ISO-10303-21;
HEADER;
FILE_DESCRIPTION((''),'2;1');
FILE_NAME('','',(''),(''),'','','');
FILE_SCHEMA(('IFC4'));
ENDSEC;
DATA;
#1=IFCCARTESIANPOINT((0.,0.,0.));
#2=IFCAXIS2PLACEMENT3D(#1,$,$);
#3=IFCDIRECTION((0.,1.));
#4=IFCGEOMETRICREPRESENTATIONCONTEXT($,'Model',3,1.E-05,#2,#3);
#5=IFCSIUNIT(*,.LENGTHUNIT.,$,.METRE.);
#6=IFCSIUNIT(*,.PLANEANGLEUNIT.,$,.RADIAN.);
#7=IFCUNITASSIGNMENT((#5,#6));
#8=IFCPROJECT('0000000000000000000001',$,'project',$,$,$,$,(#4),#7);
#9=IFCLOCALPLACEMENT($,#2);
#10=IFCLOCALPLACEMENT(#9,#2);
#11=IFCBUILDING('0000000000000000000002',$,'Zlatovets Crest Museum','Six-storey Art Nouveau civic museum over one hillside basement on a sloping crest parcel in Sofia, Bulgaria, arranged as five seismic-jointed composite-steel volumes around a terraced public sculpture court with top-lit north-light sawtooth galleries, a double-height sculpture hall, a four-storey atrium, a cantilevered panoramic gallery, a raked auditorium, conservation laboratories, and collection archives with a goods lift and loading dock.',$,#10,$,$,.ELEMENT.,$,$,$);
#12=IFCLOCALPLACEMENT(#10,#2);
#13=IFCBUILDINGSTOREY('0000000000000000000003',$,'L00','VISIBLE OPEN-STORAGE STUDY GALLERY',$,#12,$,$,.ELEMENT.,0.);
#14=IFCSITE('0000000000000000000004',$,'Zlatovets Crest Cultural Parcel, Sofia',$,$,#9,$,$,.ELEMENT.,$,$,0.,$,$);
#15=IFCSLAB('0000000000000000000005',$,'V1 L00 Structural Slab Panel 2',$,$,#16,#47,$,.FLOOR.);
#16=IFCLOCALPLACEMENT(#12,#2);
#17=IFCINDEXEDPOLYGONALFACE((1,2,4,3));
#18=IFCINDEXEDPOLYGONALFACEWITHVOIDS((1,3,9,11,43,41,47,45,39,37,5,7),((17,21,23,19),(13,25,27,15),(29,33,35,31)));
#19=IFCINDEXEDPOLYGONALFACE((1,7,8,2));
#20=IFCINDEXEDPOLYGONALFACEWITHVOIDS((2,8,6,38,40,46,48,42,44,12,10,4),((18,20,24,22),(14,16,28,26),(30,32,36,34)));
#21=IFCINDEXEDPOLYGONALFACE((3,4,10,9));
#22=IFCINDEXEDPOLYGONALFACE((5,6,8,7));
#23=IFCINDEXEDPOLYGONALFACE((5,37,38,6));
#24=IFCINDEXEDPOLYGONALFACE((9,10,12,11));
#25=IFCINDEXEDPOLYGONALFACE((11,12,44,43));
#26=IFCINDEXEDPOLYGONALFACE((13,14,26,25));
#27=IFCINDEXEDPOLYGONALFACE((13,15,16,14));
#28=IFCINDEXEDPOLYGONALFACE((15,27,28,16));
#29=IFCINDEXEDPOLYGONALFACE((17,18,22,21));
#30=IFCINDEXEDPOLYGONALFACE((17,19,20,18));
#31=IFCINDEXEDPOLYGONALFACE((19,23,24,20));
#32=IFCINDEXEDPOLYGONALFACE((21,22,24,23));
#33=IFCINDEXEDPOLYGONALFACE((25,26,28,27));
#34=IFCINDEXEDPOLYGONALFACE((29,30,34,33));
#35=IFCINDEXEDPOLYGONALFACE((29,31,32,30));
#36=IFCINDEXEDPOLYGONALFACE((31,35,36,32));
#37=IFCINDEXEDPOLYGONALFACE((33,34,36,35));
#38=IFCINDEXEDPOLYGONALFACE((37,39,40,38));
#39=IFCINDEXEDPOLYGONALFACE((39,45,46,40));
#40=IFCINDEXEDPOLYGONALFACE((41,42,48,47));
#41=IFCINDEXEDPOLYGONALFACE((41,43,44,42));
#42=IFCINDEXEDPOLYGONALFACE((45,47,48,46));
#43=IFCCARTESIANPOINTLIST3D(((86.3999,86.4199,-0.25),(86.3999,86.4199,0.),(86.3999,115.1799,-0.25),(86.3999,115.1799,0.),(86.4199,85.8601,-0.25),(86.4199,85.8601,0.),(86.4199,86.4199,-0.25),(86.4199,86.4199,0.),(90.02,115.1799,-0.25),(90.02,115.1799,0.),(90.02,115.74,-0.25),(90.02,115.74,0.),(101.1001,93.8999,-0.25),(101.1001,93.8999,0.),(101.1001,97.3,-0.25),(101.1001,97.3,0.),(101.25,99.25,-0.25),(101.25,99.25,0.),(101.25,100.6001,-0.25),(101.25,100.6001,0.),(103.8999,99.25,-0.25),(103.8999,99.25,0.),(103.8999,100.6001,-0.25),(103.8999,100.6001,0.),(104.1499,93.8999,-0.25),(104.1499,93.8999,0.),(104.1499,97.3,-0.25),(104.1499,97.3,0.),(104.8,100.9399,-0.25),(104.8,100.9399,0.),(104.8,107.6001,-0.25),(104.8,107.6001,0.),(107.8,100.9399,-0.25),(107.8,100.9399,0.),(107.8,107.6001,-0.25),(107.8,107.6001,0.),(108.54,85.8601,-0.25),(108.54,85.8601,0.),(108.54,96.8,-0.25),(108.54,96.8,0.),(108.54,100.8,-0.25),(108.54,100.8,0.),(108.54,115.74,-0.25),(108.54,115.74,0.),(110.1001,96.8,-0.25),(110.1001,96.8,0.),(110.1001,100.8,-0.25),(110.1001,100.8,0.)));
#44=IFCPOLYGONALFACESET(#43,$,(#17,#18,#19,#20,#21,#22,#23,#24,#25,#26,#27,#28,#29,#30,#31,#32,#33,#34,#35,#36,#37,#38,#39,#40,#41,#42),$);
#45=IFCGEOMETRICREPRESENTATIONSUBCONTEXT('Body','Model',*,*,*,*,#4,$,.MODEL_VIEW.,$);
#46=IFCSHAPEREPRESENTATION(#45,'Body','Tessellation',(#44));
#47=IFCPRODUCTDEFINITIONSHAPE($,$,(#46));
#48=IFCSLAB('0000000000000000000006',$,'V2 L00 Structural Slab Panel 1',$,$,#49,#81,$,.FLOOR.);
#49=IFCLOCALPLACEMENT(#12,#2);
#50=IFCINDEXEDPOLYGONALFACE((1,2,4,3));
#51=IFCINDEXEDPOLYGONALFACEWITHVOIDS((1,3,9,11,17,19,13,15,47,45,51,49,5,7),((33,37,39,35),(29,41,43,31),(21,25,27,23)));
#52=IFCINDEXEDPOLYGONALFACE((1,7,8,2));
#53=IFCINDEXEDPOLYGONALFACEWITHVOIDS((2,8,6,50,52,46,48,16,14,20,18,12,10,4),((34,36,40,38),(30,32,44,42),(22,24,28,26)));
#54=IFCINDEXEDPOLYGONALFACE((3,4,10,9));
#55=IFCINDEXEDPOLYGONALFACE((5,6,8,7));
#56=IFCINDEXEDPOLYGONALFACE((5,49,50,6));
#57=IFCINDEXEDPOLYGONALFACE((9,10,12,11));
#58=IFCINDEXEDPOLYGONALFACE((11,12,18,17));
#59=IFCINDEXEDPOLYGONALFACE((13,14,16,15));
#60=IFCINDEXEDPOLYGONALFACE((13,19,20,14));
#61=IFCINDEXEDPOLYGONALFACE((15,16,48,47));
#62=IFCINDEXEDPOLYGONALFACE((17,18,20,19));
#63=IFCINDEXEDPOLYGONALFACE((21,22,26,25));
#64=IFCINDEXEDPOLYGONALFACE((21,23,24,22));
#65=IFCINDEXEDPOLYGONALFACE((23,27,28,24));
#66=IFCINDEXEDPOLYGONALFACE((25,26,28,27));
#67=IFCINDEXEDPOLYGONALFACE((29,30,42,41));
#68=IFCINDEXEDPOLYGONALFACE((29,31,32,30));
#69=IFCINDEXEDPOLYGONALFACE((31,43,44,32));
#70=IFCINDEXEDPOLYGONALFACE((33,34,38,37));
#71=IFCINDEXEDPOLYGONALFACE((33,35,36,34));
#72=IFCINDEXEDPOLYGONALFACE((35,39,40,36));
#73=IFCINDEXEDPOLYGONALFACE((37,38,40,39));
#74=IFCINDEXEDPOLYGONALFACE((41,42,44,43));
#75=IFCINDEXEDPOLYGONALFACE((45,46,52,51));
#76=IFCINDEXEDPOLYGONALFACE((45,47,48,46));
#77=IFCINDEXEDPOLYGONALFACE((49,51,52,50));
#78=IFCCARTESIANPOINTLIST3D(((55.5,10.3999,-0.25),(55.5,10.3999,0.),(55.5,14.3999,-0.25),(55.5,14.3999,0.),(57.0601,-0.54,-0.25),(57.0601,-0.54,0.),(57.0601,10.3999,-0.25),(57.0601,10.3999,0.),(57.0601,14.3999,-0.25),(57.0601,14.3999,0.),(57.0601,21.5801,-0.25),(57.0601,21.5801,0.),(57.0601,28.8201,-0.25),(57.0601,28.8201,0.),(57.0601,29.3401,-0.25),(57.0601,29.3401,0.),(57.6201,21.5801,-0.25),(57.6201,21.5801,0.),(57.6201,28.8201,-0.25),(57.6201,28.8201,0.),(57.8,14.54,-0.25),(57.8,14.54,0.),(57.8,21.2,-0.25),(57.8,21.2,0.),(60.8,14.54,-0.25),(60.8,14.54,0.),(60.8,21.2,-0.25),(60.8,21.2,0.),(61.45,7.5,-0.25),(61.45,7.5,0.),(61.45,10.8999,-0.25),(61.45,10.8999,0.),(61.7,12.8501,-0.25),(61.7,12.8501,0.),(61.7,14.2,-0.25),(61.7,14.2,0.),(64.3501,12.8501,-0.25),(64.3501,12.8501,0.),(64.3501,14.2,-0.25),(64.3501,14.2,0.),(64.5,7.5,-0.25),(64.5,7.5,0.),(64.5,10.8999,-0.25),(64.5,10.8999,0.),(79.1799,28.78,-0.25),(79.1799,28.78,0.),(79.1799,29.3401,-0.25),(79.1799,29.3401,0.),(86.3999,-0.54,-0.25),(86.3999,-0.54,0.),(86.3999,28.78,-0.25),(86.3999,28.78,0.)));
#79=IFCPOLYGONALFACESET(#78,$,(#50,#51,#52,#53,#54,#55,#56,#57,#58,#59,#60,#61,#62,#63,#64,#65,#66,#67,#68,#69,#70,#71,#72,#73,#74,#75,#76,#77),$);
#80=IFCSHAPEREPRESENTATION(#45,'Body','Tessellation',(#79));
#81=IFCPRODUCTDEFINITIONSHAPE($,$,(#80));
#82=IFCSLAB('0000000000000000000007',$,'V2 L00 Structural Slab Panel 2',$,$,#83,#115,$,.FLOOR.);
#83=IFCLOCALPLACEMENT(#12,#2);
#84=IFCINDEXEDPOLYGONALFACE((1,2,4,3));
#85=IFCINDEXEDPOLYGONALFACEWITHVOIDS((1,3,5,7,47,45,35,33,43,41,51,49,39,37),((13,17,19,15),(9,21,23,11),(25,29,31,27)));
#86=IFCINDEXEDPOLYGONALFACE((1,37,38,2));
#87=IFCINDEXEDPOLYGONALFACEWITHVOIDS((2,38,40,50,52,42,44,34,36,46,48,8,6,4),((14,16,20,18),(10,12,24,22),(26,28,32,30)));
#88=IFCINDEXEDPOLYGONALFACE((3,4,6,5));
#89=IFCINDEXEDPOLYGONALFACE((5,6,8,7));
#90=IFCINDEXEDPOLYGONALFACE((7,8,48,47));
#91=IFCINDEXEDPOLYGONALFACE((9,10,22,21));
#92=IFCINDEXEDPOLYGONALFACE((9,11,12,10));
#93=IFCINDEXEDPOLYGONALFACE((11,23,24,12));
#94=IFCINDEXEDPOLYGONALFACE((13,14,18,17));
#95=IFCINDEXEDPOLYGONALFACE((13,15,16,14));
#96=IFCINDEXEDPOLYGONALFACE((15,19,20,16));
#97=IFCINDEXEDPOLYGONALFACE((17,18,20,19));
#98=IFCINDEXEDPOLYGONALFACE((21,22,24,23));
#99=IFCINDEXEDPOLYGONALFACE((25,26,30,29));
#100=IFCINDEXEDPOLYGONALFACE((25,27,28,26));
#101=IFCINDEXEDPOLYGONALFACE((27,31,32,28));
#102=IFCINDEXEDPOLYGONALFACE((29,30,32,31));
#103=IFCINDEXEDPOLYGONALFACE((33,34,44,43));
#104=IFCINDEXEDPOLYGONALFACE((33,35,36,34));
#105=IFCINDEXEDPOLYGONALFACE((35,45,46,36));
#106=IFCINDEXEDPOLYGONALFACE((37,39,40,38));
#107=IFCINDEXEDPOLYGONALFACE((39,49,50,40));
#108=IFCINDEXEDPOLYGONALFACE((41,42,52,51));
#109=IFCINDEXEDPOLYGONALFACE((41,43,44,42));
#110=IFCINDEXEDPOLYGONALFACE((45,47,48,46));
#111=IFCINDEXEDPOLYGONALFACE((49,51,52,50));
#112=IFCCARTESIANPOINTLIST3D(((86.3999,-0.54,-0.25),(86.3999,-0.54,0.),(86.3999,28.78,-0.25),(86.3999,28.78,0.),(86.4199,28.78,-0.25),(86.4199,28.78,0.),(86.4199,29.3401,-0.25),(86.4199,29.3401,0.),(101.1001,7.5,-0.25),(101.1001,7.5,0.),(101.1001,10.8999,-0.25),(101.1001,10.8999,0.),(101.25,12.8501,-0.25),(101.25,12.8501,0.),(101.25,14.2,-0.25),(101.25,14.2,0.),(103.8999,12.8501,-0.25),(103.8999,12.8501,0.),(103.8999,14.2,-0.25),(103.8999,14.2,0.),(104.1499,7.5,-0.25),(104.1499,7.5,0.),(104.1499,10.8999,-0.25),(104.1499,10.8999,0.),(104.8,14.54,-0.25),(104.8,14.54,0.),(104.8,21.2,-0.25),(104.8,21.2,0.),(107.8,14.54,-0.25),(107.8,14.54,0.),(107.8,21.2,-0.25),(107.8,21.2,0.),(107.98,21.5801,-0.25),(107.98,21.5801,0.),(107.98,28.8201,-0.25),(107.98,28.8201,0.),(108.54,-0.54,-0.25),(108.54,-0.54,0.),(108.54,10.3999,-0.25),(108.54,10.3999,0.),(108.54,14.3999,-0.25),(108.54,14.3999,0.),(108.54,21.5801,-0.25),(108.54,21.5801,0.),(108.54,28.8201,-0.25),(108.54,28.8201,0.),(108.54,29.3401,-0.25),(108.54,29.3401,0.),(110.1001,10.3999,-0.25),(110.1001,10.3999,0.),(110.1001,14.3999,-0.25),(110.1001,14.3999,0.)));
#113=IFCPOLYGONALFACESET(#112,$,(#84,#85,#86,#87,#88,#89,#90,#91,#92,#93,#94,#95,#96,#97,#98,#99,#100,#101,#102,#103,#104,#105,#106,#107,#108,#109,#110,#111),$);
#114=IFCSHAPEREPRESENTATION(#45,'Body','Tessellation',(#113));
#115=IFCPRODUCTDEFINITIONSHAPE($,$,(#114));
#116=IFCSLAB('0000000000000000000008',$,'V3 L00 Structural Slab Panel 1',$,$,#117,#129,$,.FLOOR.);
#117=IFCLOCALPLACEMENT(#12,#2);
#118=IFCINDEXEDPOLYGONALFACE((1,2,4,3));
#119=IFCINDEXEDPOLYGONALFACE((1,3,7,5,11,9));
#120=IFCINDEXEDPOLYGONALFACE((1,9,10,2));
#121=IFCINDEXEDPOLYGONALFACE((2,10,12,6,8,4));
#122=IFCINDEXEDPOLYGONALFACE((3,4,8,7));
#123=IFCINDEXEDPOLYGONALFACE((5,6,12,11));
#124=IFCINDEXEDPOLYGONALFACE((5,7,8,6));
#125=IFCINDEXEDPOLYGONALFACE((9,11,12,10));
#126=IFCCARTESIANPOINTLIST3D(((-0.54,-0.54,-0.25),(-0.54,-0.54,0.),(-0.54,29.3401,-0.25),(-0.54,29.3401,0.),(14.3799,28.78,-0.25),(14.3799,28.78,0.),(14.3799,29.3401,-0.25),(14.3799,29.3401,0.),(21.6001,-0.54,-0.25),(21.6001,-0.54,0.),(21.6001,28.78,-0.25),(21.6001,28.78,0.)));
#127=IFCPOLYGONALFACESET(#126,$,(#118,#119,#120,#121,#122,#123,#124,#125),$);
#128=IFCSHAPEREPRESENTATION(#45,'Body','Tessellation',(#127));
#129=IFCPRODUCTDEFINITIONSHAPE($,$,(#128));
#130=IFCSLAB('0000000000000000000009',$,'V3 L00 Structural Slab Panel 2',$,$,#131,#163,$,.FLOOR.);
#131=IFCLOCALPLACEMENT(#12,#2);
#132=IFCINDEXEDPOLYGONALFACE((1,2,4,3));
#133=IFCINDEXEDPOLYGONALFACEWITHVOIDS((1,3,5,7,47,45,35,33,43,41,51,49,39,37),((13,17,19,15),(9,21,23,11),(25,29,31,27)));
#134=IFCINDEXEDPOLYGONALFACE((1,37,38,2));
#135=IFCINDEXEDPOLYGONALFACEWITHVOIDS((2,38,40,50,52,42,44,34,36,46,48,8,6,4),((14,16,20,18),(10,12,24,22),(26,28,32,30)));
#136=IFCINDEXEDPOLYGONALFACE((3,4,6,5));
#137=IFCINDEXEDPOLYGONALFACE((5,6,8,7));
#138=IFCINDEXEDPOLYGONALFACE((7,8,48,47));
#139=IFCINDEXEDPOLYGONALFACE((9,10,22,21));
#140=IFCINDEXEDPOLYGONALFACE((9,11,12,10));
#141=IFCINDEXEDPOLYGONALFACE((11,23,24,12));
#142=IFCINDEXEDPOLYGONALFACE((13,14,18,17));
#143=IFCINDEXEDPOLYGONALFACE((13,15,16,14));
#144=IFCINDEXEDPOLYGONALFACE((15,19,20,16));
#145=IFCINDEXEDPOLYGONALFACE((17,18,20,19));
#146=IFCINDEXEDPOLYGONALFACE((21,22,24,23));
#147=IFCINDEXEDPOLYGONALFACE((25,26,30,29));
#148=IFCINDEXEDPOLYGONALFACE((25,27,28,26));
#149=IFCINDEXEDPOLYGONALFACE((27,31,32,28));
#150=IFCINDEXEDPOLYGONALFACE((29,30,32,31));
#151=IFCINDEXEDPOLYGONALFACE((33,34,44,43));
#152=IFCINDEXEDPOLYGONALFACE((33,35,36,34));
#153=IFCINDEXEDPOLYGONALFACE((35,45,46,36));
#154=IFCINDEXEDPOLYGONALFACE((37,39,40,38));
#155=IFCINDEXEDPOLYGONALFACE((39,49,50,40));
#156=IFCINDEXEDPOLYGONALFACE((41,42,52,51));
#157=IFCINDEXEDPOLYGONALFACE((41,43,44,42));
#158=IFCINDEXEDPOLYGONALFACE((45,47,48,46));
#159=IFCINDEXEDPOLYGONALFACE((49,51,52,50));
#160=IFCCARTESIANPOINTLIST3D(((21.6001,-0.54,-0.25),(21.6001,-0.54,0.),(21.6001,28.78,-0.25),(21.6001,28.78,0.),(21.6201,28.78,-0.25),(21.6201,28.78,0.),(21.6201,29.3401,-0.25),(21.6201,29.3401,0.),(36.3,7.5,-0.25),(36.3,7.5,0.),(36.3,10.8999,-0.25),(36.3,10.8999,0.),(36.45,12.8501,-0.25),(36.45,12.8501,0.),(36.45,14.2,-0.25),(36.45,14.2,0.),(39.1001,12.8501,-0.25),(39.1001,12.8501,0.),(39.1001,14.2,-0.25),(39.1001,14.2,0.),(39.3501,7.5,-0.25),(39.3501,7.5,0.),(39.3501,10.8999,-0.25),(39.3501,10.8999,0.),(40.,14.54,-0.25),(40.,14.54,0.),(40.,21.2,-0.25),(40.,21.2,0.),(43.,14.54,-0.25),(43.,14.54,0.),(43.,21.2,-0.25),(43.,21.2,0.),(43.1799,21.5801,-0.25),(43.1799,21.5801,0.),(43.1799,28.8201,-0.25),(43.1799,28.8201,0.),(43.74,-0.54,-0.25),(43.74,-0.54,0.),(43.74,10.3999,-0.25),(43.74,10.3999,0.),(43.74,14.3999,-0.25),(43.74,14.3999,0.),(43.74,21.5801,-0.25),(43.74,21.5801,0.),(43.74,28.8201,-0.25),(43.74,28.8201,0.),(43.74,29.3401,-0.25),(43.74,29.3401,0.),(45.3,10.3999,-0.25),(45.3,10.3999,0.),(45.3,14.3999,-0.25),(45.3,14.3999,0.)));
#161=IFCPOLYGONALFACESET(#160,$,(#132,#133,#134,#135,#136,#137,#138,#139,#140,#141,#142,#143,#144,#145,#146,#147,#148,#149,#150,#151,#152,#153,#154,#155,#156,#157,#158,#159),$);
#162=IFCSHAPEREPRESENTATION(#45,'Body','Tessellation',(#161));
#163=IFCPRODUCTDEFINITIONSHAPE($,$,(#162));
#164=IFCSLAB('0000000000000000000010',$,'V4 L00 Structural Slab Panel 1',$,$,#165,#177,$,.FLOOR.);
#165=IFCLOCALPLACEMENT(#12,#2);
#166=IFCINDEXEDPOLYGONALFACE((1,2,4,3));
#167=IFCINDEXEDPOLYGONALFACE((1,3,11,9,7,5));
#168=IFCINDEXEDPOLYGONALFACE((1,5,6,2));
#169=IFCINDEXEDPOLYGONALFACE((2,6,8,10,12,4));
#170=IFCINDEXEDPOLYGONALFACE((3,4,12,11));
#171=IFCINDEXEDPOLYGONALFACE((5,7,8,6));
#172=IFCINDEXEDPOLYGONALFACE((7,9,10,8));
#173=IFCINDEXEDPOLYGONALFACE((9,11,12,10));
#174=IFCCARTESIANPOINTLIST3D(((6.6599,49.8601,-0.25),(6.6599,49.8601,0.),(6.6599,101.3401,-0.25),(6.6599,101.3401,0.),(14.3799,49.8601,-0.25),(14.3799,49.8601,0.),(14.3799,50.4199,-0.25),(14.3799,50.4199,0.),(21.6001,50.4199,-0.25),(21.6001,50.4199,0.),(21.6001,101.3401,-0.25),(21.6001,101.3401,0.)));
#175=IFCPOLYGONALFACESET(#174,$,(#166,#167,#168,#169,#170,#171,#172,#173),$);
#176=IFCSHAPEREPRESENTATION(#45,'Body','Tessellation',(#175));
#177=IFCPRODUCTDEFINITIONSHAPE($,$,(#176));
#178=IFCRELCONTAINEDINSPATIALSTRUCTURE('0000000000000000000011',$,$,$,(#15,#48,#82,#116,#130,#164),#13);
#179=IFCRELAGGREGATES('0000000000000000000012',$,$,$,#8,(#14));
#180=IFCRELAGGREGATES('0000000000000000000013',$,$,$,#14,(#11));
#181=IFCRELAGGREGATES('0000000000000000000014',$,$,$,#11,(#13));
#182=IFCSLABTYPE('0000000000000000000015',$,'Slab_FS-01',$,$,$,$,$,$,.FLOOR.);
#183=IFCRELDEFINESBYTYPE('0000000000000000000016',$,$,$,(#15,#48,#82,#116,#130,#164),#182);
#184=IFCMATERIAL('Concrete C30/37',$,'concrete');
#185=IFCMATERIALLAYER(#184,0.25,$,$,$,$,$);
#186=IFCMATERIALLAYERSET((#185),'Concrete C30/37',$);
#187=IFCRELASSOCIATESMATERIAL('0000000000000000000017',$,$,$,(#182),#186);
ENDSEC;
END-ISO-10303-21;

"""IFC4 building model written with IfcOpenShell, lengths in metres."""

from ifc_helpers import new_model, si_unit, direction, frame, origin, place, context, subcontext, project, spatial, polyline, outline, extrude, material, layer, layer_set, type_object, element, save


model = new_model("IFC4")

# Units and contexts
model_context = context("Model", 3, precision=1e-05, world=origin(), true_north=direction((0.0, 1.0)))
body_context = subcontext(model_context, "Body", "Model", "MODEL_VIEW")
ifc_project = project(units=[si_unit("LENGTHUNIT", "METRE"), si_unit("PLANEANGLEUNIT", "RADIAN")], contexts=[model_context])

# Site, building, storey
site_placement = place(None, origin())
site = spatial("IfcSite", under=ifc_project, at=site_placement, Name="Zlatovets Crest Cultural Parcel, Sofia", CompositionType="ELEMENT", RefElevation=0.0)
building_placement = place(site_placement, origin())
building = spatial("IfcBuilding", under=site, at=building_placement, Name="Zlatovets Crest Museum", Description="Six-storey Art Nouveau civic museum over one hillside basement on a sloping crest parcel in Sofia, Bulgaria, arranged as five seismic-jointed composite-steel volumes around a terraced public sculpture court with top-lit north-light sawtooth galleries, a double-height sculpture hall, a four-storey atrium, a cantilevered panoramic gallery, a raked auditorium, conservation laboratories, and collection archives with a goods lift and loading dock.", CompositionType="ELEMENT")
storey_placement = place(building_placement, origin())
storey = spatial("IfcBuildingStorey", under=building, at=storey_placement, Name="L00", Description="VISIBLE OPEN-STORAGE STUDY GALLERY", CompositionType="ELEMENT", Elevation=0.0)

# Slabs
ifc_material_1 = material(Name="Concrete C30/37", Category="concrete")
ifc_layer_1 = layer(ifc_material_1, 0.25)
ifc_layer_set_1 = layer_set([ifc_layer_1], Name="Concrete C30/37")
slab_type_1 = type_object("IfcSlabType", Name="Slab_FS-01", PredefinedType="FLOOR", material=ifc_layer_set_1)
slab_1_placement = place(storey_placement, frame((0.0, 0.0, -0.25)))
element("IfcSlab", 1, at=slab_1_placement, inside=storey, type_object=slab_type_1, Name="V1 L00 Structural Slab Panel 2", PredefinedType="FLOOR", context=body_context, shape_type="SweptSolid", body=[
    extrude(outline(polyline([(108.54, 96.8), (108.54, 85.8601), (86.4199, 85.8601), (86.4199, 86.4199), (86.3999, 86.4199), (86.3999, 115.1799), (90.02, 115.1799), (90.02, 115.74), (108.54, 115.74), (108.54, 100.8), (110.1001, 100.8), (110.1001, 96.8), (108.54, 96.8)]), holes=[polyline([(107.8, 107.6001), (104.8, 107.6001), (104.8, 100.9399), (107.8, 100.9399), (107.8, 107.6001)]), polyline([(101.1001, 97.3), (101.1001, 93.8999), (104.1499, 93.8999), (104.1499, 97.3), (101.1001, 97.3)]), polyline([(103.8999, 100.6001), (101.25, 100.6001), (101.25, 99.25), (103.8999, 99.25), (103.8999, 100.6001)])]), origin(), (0.0, 0.0, 1.0), 0.25),
])
slab_2_placement = place(storey_placement, frame((0.0, 0.0, -0.25)))
element("IfcSlab", 2, at=slab_2_placement, inside=storey, type_object=slab_type_1, Name="V2 L00 Structural Slab Panel 1", PredefinedType="FLOOR", context=body_context, shape_type="SweptSolid", body=[
    extrude(outline(polyline([(57.0601, 28.8201), (57.0601, 29.3401), (79.1799, 29.3401), (79.1799, 28.78), (86.3999, 28.78), (86.3999, -0.54), (57.0601, -0.54), (57.0601, 10.3999), (55.5, 10.3999), (55.5, 14.3999), (57.0601, 14.3999), (57.0601, 21.5801), (57.6201, 21.5801), (57.6201, 28.8201), (57.0601, 28.8201)]), holes=[polyline([(57.8, 21.2), (57.8, 14.54), (60.8, 14.54), (60.8, 21.2), (57.8, 21.2)]), polyline([(64.5, 7.5), (64.5, 10.8999), (61.45, 10.8999), (61.45, 7.5), (64.5, 7.5)]), polyline([(61.7, 12.8501), (64.3501, 12.8501), (64.3501, 14.2), (61.7, 14.2), (61.7, 12.8501)])]), origin(), (0.0, 0.0, 1.0), 0.25),
])
slab_3_placement = place(storey_placement, frame((0.0, 0.0, -0.25)))
element("IfcSlab", 3, at=slab_3_placement, inside=storey, type_object=slab_type_1, Name="V2 L00 Structural Slab Panel 2", PredefinedType="FLOOR", context=body_context, shape_type="SweptSolid", body=[
    extrude(outline(polyline([(108.54, 21.5801), (108.54, 14.3999), (110.1001, 14.3999), (110.1001, 10.3999), (108.54, 10.3999), (108.54, -0.54), (86.3999, -0.54), (86.3999, 28.78), (86.4199, 28.78), (86.4199, 29.3401), (108.54, 29.3401), (108.54, 28.8201), (107.98, 28.8201), (107.98, 21.5801), (108.54, 21.5801)]), holes=[polyline([(107.8, 21.2), (104.8, 21.2), (104.8, 14.54), (107.8, 14.54), (107.8, 21.2)]), polyline([(101.1001, 10.8999), (101.1001, 7.5), (104.1499, 7.5), (104.1499, 10.8999), (101.1001, 10.8999)]), polyline([(103.8999, 14.2), (101.25, 14.2), (101.25, 12.8501), (103.8999, 12.8501), (103.8999, 14.2)])]), origin(), (0.0, 0.0, 1.0), 0.25),
])
slab_4_placement = place(storey_placement, frame((0.0, 0.0, -0.25)))
element("IfcSlab", 4, at=slab_4_placement, inside=storey, type_object=slab_type_1, Name="V3 L00 Structural Slab Panel 1", PredefinedType="FLOOR", context=body_context, shape_type="SweptSolid", body=[
    extrude(outline(polyline([(21.6001, -0.54), (-0.54, -0.54), (-0.54, 29.3401), (14.3799, 29.3401), (14.3799, 28.78), (21.6001, 28.78), (21.6001, -0.54)])), origin(), (0.0, 0.0, 1.0), 0.25),
])
slab_5_placement = place(storey_placement, frame((0.0, 0.0, -0.25)))
element("IfcSlab", 5, at=slab_5_placement, inside=storey, type_object=slab_type_1, Name="V3 L00 Structural Slab Panel 2", PredefinedType="FLOOR", context=body_context, shape_type="SweptSolid", body=[
    extrude(outline(polyline([(43.74, 28.8201), (43.1799, 28.8201), (43.1799, 21.5801), (43.74, 21.5801), (43.74, 14.3999), (45.3, 14.3999), (45.3, 10.3999), (43.74, 10.3999), (43.74, -0.54), (21.6001, -0.54), (21.6001, 28.78), (21.6201, 28.78), (21.6201, 29.3401), (43.74, 29.3401), (43.74, 28.8201)]), holes=[polyline([(40.0, 14.54), (43.0, 14.54), (43.0, 21.2), (40.0, 21.2), (40.0, 14.54)]), polyline([(36.3, 10.8999), (36.3, 7.5), (39.3501, 7.5), (39.3501, 10.8999), (36.3, 10.8999)]), polyline([(39.1001, 14.2), (36.45, 14.2), (36.45, 12.8501), (39.1001, 12.8501), (39.1001, 14.2)])]), origin(), (0.0, 0.0, 1.0), 0.25),
])
slab_6_placement = place(storey_placement, frame((0.0, 0.0, -0.25)))
element("IfcSlab", 6, at=slab_6_placement, inside=storey, type_object=slab_type_1, Name="V4 L00 Structural Slab Panel 1", PredefinedType="FLOOR", context=body_context, shape_type="SweptSolid", body=[
    extrude(outline(polyline([(6.6599, 101.3401), (21.6001, 101.3401), (21.6001, 50.4199), (14.3799, 50.4199), (14.3799, 49.8601), (6.6599, 49.8601), (6.6599, 101.3401)])), origin(), (0.0, 0.0, 1.0), 0.25),
])

save(model, "model.ifc")
